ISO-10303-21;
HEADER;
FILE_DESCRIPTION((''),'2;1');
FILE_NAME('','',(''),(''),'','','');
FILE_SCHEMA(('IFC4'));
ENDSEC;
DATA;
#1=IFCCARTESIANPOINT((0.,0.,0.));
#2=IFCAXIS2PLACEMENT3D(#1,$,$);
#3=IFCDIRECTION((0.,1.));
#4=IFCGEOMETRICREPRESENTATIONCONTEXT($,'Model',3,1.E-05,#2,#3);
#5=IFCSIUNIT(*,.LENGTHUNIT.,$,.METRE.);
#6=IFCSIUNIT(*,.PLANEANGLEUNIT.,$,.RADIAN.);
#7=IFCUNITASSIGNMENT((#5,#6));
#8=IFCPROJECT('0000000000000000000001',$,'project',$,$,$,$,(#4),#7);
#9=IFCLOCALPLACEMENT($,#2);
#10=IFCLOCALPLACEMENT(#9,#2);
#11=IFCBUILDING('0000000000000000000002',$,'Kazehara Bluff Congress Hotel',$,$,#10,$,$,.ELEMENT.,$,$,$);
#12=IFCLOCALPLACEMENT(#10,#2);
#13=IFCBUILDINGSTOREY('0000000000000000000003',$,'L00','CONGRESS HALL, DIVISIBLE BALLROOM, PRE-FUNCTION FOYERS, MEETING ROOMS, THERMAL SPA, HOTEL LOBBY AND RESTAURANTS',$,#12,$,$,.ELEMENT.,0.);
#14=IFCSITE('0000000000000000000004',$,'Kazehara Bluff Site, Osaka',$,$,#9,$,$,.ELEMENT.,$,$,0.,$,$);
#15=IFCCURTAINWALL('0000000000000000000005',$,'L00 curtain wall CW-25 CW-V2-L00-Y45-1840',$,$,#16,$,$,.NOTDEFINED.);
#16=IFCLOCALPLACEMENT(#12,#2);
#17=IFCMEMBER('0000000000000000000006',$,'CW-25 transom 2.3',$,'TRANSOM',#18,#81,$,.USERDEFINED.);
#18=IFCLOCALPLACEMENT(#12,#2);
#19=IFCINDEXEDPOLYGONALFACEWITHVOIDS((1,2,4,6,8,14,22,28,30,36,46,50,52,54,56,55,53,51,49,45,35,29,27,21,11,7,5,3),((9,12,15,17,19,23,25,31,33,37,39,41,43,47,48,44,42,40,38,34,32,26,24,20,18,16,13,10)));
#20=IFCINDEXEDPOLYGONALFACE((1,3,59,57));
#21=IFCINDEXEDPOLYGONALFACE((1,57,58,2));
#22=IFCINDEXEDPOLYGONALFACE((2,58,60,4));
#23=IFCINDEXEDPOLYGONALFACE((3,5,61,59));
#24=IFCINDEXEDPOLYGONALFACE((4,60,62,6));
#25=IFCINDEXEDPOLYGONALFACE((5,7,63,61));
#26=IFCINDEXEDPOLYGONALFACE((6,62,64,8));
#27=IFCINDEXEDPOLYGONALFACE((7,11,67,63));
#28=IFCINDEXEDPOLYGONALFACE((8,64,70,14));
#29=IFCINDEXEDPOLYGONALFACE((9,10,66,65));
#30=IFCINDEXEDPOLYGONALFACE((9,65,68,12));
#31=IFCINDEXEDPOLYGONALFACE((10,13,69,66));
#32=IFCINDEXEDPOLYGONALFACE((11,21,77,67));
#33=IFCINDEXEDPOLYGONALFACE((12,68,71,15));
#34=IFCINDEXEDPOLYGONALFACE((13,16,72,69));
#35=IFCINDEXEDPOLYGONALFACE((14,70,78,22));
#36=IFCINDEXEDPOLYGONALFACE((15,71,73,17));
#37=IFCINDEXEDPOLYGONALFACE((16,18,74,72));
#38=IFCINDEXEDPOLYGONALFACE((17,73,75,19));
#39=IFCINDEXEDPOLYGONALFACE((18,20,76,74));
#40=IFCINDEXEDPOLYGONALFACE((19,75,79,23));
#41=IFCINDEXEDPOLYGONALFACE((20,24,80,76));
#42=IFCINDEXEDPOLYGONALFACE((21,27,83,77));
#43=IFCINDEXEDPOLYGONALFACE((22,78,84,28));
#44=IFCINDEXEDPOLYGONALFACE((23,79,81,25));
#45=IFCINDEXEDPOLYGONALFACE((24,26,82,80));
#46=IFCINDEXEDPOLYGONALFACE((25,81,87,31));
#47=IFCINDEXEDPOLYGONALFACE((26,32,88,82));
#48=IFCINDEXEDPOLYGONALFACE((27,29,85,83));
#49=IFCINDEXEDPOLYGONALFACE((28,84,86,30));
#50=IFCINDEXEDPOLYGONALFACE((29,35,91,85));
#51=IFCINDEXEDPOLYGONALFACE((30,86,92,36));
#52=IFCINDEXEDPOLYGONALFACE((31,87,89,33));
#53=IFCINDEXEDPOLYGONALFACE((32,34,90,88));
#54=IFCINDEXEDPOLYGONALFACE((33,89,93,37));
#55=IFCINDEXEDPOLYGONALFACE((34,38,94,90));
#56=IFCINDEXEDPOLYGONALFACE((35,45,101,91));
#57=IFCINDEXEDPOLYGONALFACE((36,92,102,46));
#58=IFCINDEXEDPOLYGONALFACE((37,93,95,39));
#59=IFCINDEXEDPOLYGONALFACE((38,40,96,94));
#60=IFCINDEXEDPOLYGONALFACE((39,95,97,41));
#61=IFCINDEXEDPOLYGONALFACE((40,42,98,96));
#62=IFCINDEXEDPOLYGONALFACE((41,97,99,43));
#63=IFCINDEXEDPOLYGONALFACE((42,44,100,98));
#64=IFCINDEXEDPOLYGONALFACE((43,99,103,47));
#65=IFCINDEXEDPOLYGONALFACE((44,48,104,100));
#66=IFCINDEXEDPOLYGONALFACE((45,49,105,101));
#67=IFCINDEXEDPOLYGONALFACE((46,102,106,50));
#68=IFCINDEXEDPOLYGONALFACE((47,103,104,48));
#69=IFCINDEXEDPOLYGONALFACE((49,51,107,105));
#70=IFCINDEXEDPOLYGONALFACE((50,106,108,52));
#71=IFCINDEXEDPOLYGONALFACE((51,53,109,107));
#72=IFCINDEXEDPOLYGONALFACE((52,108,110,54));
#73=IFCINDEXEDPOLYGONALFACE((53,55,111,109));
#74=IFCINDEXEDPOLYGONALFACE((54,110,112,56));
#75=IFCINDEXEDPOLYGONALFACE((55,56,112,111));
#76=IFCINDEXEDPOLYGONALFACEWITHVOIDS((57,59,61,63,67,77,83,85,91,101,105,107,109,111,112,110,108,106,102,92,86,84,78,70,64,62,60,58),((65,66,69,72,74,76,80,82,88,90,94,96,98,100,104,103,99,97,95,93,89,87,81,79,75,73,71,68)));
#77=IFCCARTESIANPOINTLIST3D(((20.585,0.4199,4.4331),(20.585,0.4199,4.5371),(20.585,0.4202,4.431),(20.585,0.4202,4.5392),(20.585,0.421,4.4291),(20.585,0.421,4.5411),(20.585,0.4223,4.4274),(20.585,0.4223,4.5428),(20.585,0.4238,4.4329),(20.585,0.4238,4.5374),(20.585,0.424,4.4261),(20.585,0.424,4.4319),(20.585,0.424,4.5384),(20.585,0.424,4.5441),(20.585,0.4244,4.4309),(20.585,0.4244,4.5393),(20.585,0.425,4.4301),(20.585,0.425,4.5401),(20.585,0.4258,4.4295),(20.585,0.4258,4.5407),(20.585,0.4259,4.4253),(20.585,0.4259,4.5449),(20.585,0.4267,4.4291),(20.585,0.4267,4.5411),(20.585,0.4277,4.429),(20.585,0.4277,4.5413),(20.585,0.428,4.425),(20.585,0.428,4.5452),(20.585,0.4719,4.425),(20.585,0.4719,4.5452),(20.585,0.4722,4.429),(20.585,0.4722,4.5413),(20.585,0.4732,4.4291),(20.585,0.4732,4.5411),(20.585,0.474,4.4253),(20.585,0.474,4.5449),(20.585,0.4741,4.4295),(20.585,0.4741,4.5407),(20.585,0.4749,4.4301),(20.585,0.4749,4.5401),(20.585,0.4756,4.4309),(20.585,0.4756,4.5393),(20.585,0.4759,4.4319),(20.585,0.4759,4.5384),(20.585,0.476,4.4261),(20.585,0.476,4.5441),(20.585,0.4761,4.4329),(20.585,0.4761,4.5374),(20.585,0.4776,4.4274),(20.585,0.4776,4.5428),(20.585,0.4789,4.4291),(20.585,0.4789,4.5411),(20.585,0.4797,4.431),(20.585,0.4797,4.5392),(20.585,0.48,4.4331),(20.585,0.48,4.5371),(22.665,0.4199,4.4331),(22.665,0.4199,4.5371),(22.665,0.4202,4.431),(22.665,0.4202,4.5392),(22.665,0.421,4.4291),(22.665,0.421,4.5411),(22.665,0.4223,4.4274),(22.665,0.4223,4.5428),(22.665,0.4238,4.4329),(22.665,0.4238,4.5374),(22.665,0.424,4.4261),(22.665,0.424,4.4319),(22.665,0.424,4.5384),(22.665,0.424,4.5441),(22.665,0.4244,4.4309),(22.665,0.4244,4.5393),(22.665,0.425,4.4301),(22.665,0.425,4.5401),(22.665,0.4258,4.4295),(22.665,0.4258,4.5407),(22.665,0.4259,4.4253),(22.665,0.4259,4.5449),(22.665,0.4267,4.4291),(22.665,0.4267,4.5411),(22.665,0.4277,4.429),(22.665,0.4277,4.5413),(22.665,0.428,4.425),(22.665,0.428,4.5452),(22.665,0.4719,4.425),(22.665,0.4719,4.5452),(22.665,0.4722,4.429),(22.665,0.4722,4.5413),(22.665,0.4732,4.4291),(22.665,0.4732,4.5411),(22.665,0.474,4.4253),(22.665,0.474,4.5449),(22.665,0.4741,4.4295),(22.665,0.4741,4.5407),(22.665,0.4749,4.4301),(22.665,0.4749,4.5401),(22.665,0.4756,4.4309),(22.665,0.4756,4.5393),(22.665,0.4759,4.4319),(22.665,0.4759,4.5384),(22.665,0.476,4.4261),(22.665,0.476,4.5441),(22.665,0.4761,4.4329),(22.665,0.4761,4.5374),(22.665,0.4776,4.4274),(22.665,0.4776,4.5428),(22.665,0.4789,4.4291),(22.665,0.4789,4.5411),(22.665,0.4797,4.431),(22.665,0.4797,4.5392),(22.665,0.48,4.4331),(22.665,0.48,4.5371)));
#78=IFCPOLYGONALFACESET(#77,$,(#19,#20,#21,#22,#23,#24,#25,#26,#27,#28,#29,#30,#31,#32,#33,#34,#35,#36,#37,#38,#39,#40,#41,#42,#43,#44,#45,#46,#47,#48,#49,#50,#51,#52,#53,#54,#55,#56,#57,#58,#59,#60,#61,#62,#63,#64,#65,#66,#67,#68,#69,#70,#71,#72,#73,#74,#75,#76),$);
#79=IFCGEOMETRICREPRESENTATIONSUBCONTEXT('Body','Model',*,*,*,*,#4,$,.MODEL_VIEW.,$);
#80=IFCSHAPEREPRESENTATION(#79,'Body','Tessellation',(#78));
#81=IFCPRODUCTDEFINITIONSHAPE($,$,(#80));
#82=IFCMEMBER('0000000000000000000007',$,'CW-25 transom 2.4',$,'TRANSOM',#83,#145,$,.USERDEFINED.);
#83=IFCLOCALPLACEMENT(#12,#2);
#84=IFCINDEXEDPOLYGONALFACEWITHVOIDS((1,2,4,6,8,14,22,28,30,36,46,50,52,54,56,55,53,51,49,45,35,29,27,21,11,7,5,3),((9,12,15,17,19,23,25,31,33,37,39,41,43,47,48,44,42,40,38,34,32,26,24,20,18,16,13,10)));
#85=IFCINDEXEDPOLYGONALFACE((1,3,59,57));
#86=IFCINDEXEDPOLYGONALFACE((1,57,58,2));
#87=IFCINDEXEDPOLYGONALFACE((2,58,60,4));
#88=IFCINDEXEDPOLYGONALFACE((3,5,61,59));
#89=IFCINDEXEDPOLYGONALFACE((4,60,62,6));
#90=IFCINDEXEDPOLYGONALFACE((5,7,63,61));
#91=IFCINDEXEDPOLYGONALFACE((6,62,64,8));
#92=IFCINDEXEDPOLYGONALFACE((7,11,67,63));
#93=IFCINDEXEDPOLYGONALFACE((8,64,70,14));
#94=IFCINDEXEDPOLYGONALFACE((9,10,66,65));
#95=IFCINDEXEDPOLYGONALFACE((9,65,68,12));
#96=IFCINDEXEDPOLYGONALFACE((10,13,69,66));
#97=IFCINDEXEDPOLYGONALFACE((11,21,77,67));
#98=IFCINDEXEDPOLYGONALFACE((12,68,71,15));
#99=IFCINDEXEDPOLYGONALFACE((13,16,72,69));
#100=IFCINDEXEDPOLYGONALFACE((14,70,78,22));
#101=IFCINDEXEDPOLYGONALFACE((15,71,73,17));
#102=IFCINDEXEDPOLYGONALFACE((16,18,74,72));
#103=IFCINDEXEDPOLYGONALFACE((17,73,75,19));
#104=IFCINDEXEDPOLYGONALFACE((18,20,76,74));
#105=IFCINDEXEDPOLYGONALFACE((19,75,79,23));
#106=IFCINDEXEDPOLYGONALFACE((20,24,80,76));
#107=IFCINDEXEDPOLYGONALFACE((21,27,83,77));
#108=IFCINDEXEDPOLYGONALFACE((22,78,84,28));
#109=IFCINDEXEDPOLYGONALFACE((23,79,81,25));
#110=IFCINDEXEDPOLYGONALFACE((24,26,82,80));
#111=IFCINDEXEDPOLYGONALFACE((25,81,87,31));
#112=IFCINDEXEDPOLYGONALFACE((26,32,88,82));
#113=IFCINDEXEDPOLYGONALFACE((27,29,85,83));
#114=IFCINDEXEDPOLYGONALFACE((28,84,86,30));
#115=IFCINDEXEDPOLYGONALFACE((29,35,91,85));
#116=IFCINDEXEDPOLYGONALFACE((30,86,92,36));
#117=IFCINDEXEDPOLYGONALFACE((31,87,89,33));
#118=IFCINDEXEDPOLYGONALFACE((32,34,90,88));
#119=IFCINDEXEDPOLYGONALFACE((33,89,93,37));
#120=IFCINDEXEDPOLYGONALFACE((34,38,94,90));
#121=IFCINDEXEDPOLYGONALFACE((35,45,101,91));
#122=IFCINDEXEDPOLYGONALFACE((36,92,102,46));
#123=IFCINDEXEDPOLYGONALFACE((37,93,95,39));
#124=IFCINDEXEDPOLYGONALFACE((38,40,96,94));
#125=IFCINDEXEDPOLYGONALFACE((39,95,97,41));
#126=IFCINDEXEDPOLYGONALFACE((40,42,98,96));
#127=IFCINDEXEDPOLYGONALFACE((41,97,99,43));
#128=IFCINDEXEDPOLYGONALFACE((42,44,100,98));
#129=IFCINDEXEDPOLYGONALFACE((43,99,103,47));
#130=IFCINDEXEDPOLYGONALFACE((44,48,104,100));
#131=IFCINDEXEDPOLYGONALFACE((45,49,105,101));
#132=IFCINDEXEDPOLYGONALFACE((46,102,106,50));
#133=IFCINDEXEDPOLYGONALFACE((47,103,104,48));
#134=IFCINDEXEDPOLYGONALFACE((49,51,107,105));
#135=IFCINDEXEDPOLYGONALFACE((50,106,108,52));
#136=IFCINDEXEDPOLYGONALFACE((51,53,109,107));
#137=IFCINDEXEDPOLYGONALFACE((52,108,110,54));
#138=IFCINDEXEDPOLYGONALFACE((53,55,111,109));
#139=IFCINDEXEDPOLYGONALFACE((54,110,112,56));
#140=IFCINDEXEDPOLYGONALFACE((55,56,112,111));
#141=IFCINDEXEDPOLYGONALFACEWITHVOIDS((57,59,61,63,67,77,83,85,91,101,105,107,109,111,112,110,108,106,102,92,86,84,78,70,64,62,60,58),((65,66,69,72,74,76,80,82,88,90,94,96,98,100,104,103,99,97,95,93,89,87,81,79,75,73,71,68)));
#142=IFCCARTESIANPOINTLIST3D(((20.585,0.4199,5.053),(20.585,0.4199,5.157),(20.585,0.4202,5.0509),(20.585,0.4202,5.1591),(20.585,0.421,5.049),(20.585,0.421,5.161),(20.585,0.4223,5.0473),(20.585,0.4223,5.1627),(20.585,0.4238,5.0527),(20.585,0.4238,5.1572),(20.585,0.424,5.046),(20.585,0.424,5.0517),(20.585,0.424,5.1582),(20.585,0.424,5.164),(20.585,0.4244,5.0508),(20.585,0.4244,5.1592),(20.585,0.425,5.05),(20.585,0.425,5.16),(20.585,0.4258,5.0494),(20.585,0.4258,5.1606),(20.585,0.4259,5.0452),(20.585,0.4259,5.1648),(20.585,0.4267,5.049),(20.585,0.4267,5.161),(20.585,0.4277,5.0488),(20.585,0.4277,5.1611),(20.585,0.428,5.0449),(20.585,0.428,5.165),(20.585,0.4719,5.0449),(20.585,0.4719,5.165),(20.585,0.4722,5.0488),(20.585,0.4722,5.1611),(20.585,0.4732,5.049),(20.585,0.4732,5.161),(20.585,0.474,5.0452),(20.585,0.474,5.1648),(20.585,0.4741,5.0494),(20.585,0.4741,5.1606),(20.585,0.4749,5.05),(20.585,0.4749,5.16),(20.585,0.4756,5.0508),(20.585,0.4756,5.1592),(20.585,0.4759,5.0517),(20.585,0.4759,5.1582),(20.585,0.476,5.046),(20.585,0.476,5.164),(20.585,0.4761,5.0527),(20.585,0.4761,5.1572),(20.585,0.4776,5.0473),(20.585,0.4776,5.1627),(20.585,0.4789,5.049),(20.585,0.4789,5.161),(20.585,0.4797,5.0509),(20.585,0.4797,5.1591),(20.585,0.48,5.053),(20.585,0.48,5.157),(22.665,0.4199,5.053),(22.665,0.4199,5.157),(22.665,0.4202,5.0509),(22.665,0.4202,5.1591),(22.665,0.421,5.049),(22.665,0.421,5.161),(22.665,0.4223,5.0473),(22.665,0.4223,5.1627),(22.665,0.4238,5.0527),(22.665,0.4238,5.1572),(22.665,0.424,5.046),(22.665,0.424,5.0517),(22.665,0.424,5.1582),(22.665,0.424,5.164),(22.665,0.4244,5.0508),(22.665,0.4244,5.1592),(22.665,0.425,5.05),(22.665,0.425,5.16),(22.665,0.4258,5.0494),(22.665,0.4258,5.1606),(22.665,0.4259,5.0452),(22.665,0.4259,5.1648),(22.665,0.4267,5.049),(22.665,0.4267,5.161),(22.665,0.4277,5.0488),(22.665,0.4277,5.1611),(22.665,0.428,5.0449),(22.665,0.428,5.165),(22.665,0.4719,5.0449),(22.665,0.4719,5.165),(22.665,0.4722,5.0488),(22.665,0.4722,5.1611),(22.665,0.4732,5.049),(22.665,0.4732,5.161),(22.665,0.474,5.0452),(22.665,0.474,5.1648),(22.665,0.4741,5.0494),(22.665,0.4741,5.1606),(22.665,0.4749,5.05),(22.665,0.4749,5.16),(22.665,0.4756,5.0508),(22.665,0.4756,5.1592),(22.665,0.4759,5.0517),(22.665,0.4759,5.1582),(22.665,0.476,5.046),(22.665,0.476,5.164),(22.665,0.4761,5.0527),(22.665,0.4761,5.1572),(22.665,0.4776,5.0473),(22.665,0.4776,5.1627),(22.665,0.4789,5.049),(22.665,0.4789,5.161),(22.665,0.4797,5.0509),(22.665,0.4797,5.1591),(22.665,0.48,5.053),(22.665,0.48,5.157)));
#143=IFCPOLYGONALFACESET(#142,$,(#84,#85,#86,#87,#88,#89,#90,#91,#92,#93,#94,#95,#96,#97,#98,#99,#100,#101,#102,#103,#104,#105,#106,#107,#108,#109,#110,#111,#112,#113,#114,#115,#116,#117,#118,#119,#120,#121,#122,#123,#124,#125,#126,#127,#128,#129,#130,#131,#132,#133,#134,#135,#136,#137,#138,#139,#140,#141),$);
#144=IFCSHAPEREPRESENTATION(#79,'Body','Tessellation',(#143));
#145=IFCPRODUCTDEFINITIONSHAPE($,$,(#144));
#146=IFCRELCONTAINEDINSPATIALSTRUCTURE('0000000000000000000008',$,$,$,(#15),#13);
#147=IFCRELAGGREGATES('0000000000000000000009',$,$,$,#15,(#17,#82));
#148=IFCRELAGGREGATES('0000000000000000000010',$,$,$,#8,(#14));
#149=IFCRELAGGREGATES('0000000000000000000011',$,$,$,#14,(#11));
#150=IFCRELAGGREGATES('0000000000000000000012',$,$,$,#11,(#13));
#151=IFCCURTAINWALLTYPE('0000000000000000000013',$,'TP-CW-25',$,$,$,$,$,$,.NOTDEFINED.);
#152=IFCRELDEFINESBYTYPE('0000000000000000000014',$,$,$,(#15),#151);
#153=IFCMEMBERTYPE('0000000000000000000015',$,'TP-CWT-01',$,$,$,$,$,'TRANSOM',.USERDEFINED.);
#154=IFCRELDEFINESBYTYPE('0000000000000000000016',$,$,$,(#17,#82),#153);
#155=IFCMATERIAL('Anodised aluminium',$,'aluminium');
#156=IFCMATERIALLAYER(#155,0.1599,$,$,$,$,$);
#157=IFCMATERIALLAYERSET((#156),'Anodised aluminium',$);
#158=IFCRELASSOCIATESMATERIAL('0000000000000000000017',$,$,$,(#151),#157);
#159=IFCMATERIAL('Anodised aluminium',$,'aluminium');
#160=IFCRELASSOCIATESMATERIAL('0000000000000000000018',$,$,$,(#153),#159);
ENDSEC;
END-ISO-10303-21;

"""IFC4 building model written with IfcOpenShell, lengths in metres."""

from ifc_helpers import new_model, si_unit, direction, frame, origin, origin_2d, place, context, subcontext, project, spatial, hollow_rectangle, extrude, material, layer, layer_set, material_profile, profile_set, type_object, element, aggregate, save


model = new_model("IFC4")

# Units and contexts
model_context = context("Model", 3, precision=1e-05, world=origin(), true_north=direction((0.0, 1.0)))
body_context = subcontext(model_context, "Body", "Model", "MODEL_VIEW")
ifc_project = project(units=[si_unit("LENGTHUNIT", "METRE"), si_unit("PLANEANGLEUNIT", "RADIAN")], contexts=[model_context])

# Site, building, storey
site_placement = place(None, origin())
site = spatial("IfcSite", under=ifc_project, at=site_placement, Name="Kazehara Bluff Site, Osaka", CompositionType="ELEMENT", RefElevation=0.0)
building_placement = place(site_placement, origin())
building = spatial("IfcBuilding", under=site, at=building_placement, Name="Kazehara Bluff Congress Hotel", CompositionType="ELEMENT")
storey_placement = place(building_placement, origin())
storey = spatial("IfcBuildingStorey", under=building, at=storey_placement, Name="L00", Description="CONGRESS HALL, DIVISIBLE BALLROOM, PRE-FUNCTION FOYERS, MEETING ROOMS, THERMAL SPA, HOTEL LOBBY AND RESTAURANTS", CompositionType="ELEMENT", Elevation=0.0)

# Curtain wall
ifc_material_1 = material(Name="Anodised aluminium", Category="aluminium")
ifc_layer_1 = layer(ifc_material_1, 0.1599)
ifc_layer_set_1 = layer_set([ifc_layer_1], Name="Anodised aluminium")
curtain_wall_type_1 = type_object("IfcCurtainWallType", Name="TP-CW-25", PredefinedType="NOTDEFINED", material=ifc_layer_set_1)
curtain_wall_1_placement = place(storey_placement, origin())
curtain_wall_1 = element("IfcCurtainWall", 1, at=curtain_wall_1_placement, inside=storey, type_object=curtain_wall_type_1, Name="L00 curtain wall CW-25 CW-V2-L00-Y45-1840", PredefinedType="NOTDEFINED")

# Members
ifc_material_2 = material(Name="Anodised aluminium", Category="aluminium")
ifc_material_profile_1 = material_profile(ifc_material_2, hollow_rectangle(XDim=0.0601, YDim=0.1201, WallThickness=0.0039, InnerFilletRadius=0.0039, OuterFilletRadius=0.0081, at=origin_2d()))
ifc_profile_set_1 = profile_set([ifc_material_profile_1], Name="Anodised aluminium")
member_type_1 = type_object("IfcMemberType", Name="TP-CWT-01", ElementType="TRANSOM", PredefinedType="USERDEFINED", material=ifc_profile_set_1)
member_1_placement = place(storey_placement, frame((20.585, 0.45, 4.4851), z_axis=(1.0, 0.0, 0.0), x_axis=(0.0, 1.0, 0.0)))
member_1 = element("IfcMember", 2, at=member_1_placement, type_object=member_type_1, Name="CW-25 transom 2.3", ObjectType="TRANSOM", PredefinedType="USERDEFINED", context=body_context, shape_type="SweptSolid", body=[
    extrude(hollow_rectangle(XDim=0.0601, YDim=0.1201, WallThickness=0.0039, InnerFilletRadius=0.0039, OuterFilletRadius=0.0081, at=origin_2d()), origin(), (0.0, 0.0, 1.0), 2.0801),
])
member_2_placement = place(storey_placement, frame((20.585, 0.45, 5.105), z_axis=(1.0, 0.0, 0.0), x_axis=(0.0, 1.0, 0.0)))
member_2 = element("IfcMember", 3, at=member_2_placement, type_object=member_type_1, Name="CW-25 transom 2.4", ObjectType="TRANSOM", PredefinedType="USERDEFINED", context=body_context, shape_type="SweptSolid", body=[
    extrude(hollow_rectangle(XDim=0.0601, YDim=0.1201, WallThickness=0.0039, InnerFilletRadius=0.0039, OuterFilletRadius=0.0081, at=origin_2d()), origin(), (0.0, 0.0, 1.0), 2.0801),
])

aggregate(curtain_wall_1, [member_1, member_2])

save(model, "model.ifc")
